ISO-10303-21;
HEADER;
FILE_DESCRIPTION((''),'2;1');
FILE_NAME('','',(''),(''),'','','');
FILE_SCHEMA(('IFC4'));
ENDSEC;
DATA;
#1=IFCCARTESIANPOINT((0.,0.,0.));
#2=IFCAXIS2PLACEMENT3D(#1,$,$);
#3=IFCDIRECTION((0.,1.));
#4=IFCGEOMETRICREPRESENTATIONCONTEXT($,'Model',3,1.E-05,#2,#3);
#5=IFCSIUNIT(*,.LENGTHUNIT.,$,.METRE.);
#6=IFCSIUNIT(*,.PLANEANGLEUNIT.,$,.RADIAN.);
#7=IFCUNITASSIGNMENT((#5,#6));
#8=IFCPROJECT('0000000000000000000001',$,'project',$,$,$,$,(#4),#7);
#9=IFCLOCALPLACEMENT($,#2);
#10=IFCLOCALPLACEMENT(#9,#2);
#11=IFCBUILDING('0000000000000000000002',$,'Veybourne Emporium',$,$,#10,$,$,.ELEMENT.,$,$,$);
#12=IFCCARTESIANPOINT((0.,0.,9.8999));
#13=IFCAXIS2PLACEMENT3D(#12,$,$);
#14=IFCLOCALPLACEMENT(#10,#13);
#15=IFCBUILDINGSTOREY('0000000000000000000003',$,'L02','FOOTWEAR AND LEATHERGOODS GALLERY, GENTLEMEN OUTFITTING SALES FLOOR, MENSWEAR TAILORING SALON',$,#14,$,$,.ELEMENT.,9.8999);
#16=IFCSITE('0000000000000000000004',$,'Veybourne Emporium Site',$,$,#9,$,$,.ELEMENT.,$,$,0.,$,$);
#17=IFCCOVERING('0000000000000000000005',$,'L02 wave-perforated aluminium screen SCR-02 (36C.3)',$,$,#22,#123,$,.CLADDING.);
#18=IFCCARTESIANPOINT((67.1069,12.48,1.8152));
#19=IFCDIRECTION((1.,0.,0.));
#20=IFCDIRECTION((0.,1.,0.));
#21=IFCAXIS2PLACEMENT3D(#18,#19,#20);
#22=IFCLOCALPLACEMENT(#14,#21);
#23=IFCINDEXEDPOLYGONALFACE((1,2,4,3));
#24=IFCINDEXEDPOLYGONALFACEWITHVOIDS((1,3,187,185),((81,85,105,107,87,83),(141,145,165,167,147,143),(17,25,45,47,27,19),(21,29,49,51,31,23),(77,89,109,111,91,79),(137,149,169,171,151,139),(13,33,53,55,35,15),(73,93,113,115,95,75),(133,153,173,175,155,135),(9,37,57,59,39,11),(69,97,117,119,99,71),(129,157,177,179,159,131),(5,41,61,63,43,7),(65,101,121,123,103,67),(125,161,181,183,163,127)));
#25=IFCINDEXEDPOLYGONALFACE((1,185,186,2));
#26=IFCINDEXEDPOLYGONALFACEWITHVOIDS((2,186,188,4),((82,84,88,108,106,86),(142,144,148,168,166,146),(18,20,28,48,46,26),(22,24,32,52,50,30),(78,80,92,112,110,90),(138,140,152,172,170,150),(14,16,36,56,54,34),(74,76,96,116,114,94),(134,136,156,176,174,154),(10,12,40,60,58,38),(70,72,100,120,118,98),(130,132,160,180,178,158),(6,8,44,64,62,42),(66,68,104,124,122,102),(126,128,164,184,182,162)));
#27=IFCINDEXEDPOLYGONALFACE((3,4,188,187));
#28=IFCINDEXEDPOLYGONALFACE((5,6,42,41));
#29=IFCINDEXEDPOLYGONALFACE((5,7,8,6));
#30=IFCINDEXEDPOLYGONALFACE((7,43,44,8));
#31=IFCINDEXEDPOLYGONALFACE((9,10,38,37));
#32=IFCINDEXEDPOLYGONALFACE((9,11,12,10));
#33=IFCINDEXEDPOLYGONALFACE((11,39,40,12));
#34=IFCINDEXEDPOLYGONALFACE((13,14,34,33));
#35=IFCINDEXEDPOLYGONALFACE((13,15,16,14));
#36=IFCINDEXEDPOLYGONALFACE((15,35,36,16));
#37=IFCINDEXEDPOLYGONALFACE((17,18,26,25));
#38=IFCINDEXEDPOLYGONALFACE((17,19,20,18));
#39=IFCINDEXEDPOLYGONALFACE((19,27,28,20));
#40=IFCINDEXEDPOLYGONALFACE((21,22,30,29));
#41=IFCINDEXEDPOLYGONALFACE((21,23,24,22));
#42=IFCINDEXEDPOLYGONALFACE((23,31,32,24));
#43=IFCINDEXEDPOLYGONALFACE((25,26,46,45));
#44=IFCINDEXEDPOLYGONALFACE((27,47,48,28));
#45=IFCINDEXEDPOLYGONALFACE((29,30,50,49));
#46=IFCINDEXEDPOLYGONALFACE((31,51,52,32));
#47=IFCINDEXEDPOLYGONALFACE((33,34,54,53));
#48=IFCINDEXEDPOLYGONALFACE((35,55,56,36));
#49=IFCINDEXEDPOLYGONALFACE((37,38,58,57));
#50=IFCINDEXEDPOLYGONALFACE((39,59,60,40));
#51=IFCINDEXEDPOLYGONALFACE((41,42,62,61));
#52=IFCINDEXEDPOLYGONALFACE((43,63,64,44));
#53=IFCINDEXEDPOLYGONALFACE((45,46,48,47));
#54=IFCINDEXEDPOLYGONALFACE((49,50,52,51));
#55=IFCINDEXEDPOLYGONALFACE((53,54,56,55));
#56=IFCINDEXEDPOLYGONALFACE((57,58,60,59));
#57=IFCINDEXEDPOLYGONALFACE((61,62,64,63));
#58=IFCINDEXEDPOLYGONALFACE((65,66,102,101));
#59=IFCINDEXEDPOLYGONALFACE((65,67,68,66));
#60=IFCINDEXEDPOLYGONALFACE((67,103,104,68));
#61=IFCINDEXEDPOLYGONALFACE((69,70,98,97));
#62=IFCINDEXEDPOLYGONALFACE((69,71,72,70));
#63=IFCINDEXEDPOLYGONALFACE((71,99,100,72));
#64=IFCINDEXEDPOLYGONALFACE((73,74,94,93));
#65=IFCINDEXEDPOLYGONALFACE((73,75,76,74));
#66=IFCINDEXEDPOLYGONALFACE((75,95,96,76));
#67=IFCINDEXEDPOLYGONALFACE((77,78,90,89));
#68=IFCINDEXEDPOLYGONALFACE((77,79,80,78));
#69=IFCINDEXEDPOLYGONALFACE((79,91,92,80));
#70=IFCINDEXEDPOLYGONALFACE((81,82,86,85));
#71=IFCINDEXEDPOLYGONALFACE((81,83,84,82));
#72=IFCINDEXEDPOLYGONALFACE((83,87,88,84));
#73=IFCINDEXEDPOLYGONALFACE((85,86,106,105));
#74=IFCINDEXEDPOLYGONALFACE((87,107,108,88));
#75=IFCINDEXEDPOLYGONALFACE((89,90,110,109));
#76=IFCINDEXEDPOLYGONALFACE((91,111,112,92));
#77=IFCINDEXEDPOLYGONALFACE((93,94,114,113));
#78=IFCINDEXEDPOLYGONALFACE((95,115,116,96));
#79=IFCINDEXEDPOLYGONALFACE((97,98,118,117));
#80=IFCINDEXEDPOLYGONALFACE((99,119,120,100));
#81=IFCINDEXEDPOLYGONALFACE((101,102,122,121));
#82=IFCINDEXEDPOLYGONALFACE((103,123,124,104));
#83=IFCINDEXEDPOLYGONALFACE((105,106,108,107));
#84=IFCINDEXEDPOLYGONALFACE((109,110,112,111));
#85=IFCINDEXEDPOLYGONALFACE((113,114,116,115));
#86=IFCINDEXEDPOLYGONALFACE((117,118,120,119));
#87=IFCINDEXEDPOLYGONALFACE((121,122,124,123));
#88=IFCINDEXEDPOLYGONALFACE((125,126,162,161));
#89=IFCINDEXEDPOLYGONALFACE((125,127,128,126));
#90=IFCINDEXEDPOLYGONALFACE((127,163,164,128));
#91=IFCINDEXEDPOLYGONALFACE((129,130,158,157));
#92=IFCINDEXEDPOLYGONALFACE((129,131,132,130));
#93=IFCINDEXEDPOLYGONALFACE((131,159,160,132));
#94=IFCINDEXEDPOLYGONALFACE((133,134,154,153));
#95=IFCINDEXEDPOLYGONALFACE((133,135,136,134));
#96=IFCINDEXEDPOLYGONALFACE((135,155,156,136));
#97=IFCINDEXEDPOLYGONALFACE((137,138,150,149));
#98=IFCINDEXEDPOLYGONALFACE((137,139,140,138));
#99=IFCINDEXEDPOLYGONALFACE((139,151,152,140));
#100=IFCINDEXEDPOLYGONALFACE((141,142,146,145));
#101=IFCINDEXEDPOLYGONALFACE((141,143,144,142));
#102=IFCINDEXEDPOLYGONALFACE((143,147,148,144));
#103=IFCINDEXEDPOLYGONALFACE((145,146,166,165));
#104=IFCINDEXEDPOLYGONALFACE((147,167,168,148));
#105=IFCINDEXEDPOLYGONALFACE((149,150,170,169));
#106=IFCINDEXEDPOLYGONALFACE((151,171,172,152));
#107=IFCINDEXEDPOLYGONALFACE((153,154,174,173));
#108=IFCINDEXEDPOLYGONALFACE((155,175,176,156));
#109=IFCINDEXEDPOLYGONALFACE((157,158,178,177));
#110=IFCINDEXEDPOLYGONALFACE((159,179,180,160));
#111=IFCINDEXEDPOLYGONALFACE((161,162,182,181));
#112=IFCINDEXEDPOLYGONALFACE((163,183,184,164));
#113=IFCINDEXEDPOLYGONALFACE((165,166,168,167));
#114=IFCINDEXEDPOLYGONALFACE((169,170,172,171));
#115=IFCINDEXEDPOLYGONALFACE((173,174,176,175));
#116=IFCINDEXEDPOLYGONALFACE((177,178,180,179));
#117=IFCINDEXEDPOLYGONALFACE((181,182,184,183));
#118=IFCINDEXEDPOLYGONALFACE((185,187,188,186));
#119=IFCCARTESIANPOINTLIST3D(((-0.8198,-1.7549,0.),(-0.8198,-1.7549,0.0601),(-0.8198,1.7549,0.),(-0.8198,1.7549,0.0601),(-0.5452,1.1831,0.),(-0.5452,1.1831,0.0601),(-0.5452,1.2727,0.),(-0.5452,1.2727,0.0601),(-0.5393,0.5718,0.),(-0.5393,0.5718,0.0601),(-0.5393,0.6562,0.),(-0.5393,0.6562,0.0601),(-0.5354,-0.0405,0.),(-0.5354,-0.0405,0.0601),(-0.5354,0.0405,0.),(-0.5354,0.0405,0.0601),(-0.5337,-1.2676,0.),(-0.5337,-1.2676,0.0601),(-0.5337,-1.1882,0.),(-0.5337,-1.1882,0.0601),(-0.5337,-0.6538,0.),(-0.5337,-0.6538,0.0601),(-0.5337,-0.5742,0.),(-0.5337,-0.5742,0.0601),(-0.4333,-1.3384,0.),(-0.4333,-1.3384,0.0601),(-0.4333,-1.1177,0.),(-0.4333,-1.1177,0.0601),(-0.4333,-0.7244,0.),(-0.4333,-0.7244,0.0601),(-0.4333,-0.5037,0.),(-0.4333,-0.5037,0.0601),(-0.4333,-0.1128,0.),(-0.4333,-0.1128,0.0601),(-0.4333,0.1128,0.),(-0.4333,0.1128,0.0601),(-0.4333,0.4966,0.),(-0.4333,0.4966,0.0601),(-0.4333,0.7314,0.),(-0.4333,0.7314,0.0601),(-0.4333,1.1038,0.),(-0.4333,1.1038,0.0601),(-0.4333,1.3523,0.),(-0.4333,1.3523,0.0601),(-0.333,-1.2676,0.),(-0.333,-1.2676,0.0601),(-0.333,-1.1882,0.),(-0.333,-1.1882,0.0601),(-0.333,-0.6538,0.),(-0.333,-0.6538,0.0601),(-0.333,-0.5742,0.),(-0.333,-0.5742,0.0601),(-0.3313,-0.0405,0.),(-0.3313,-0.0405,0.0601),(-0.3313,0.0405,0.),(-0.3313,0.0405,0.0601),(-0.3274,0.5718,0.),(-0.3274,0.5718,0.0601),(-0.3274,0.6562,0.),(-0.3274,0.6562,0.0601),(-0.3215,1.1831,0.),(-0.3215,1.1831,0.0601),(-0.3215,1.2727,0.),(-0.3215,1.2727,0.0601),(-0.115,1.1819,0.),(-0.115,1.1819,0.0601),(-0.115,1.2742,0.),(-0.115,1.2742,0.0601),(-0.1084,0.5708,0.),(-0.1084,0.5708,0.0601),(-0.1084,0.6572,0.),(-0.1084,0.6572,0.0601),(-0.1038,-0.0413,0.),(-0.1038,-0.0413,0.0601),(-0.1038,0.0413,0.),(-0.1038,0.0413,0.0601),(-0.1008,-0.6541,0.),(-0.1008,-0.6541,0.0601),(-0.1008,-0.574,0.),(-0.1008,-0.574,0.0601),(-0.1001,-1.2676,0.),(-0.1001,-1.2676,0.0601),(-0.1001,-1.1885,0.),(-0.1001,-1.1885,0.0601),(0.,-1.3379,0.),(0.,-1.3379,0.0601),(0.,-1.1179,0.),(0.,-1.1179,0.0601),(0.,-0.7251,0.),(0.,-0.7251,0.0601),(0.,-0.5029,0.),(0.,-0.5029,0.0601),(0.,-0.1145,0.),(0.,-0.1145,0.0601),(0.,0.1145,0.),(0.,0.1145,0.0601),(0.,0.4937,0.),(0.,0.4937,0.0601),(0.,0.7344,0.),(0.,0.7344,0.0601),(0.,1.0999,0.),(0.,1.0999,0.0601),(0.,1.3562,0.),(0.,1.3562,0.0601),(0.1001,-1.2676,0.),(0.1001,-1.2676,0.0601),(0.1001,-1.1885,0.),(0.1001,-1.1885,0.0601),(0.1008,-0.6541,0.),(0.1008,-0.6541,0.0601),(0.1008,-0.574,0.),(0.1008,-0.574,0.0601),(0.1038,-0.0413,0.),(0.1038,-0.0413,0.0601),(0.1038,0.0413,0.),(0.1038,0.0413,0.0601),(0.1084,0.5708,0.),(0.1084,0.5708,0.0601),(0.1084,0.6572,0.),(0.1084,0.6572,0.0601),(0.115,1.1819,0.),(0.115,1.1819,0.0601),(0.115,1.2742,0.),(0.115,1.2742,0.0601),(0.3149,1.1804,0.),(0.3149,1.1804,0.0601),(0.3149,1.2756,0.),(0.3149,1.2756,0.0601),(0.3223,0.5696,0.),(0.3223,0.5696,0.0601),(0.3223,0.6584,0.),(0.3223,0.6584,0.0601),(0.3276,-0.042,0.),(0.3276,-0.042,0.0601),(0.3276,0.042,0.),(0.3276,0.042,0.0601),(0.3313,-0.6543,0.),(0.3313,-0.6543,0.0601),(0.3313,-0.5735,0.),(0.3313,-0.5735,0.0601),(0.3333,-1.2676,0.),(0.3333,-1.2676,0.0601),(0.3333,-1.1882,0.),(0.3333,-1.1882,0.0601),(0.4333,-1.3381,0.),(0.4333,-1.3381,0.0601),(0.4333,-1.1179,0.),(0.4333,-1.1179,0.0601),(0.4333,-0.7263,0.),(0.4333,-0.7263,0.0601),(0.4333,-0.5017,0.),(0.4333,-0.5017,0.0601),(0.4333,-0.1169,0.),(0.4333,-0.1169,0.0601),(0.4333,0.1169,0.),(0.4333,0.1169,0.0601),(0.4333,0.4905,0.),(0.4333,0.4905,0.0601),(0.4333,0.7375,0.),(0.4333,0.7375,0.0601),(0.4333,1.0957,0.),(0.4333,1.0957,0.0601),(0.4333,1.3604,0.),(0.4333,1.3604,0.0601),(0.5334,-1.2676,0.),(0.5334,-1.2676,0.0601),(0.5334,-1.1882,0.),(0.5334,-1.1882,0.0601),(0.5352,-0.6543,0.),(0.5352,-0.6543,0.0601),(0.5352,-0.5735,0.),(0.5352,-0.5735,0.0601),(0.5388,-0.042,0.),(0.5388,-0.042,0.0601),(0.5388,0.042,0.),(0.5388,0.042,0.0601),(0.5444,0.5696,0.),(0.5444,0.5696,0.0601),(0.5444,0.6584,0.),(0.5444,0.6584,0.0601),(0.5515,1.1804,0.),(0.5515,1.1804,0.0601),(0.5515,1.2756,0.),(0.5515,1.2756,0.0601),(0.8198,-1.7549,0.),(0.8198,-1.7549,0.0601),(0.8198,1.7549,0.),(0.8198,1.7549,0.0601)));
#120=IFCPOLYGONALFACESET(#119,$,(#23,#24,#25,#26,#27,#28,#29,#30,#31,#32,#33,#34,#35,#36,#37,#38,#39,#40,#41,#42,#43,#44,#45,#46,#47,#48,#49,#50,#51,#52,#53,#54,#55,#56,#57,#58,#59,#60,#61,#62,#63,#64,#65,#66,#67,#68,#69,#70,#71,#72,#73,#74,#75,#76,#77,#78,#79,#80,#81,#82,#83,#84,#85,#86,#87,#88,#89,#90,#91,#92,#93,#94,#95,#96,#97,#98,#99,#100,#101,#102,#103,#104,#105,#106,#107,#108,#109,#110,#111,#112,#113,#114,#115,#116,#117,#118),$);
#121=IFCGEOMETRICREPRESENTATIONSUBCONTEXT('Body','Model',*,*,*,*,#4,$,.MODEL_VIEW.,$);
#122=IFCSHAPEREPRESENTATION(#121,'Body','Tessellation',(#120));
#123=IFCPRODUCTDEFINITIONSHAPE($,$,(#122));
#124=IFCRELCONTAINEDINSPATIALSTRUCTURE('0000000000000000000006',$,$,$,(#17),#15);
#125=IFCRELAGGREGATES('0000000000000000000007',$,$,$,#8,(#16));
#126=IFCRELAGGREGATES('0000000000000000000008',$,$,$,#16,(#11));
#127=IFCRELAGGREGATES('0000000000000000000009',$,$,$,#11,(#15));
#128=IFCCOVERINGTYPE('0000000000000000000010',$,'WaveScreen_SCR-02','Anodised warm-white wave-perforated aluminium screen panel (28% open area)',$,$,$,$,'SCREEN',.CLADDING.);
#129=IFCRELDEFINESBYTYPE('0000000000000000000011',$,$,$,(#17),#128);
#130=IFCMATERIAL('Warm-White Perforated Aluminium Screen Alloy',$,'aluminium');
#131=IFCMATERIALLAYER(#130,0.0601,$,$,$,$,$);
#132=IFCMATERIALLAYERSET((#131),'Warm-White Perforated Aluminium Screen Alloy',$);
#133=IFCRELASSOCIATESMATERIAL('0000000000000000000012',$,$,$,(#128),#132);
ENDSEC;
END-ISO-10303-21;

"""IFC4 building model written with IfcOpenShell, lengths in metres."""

from ifc_helpers import new_model, si_unit, direction, frame, origin, place, context, subcontext, project, spatial, polyline, outline, extrude, material, layer, layer_set, type_object, element, save


model = new_model("IFC4")

# Units and contexts
model_context = context("Model", 3, precision=1e-05, world=origin(), true_north=direction((0.0, 1.0)))
body_context = subcontext(model_context, "Body", "Model", "MODEL_VIEW")
ifc_project = project(units=[si_unit("LENGTHUNIT", "METRE"), si_unit("PLANEANGLEUNIT", "RADIAN")], contexts=[model_context])

# Site, building, storey
site_placement = place(None, origin())
site = spatial("IfcSite", under=ifc_project, at=site_placement, Name="Veybourne Emporium Site", CompositionType="ELEMENT", RefElevation=0.0)
building_placement = place(site_placement, origin())
building = spatial("IfcBuilding", under=site, at=building_placement, Name="Veybourne Emporium", CompositionType="ELEMENT")
storey_placement = place(building_placement, frame((0.0, 0.0, 9.8999)))
storey = spatial("IfcBuildingStorey", under=building, at=storey_placement, Name="L02", Description="FOOTWEAR AND LEATHERGOODS GALLERY, GENTLEMEN OUTFITTING SALES FLOOR, MENSWEAR TAILORING SALON", CompositionType="ELEMENT", Elevation=9.8999)

# Covering
ifc_material_1 = material(Name="Warm-White Perforated Aluminium Screen Alloy", Category="aluminium")
ifc_layer_1 = layer(ifc_material_1, 0.0601)
ifc_layer_set_1 = layer_set([ifc_layer_1], Name="Warm-White Perforated Aluminium Screen Alloy")
covering_type_1 = type_object("IfcCoveringType", Name="WaveScreen_SCR-02", Description="Anodised warm-white wave-perforated aluminium screen panel (28% open area)", ElementType="SCREEN", PredefinedType="CLADDING", material=ifc_layer_set_1)
covering_1_placement = place(storey_placement, frame((67.1069, 12.48, 1.8152), z_axis=(1.0, 0.0, 0.0), x_axis=(0.0, 1.0, 0.0)))
element("IfcCovering", 1, at=covering_1_placement, inside=storey, type_object=covering_type_1, Name="L02 wave-perforated aluminium screen SCR-02 (36C.3)", PredefinedType="CLADDING", context=body_context, shape_type="SweptSolid", body=[
    extrude(outline(polyline([(-0.8198, -1.7549), (0.8198, -1.7549), (0.8198, 1.7549), (-0.8198, 1.7549), (-0.8198, -1.7549)]), holes=[polyline([(-0.4333, -1.1177), (-0.333, -1.1882), (-0.333, -1.2676), (-0.4333, -1.3384), (-0.5337, -1.2676), (-0.5337, -1.1882), (-0.4333, -1.1177)]), polyline([(-0.4333, -0.5037), (-0.333, -0.5742), (-0.333, -0.6538), (-0.4333, -0.7244), (-0.5337, -0.6538), (-0.5337, -0.5742), (-0.4333, -0.5037)]), polyline([(-0.4333, 0.1128), (-0.3313, 0.0405), (-0.3313, -0.0405), (-0.4333, -0.1128), (-0.5354, -0.0405), (-0.5354, 0.0405), (-0.4333, 0.1128)]), polyline([(-0.4333, 0.7314), (-0.3274, 0.6562), (-0.3274, 0.5718), (-0.4333, 0.4966), (-0.5393, 0.5718), (-0.5393, 0.6562), (-0.4333, 0.7314)]), polyline([(-0.4333, 1.3523), (-0.3215, 1.2727), (-0.3215, 1.1831), (-0.4333, 1.1038), (-0.5452, 1.1831), (-0.5452, 1.2727), (-0.4333, 1.3523)]), polyline([(0.0, -1.1179), (0.1001, -1.1885), (0.1001, -1.2676), (0.0, -1.3379), (-0.1001, -1.2676), (-0.1001, -1.1885), (0.0, -1.1179)]), polyline([(0.0, -0.5029), (0.1008, -0.574), (0.1008, -0.6541), (0.0, -0.7251), (-0.1008, -0.6541), (-0.1008, -0.574), (0.0, -0.5029)]), polyline([(0.0, 0.1145), (0.1038, 0.0413), (0.1038, -0.0413), (0.0, -0.1145), (-0.1038, -0.0413), (-0.1038, 0.0413), (0.0, 0.1145)]), polyline([(0.0, 0.7344), (0.1084, 0.6572), (0.1084, 0.5708), (0.0, 0.4937), (-0.1084, 0.5708), (-0.1084, 0.6572), (0.0, 0.7344)]), polyline([(0.0, 1.3562), (0.115, 1.2742), (0.115, 1.1819), (0.0, 1.0999), (-0.115, 1.1819), (-0.115, 1.2742), (0.0, 1.3562)]), polyline([(0.4333, -1.1179), (0.5334, -1.1882), (0.5334, -1.2676), (0.4333, -1.3381), (0.3333, -1.2676), (0.3333, -1.1882), (0.4333, -1.1179)]), polyline([(0.4333, -0.5017), (0.5352, -0.5735), (0.5352, -0.6543), (0.4333, -0.7263), (0.3313, -0.6543), (0.3313, -0.5735), (0.4333, -0.5017)]), polyline([(0.4333, 0.1169), (0.5388, 0.042), (0.5388, -0.042), (0.4333, -0.1169), (0.3276, -0.042), (0.3276, 0.042), (0.4333, 0.1169)]), polyline([(0.4333, 0.7375), (0.5444, 0.6584), (0.5444, 0.5696), (0.4333, 0.4905), (0.3223, 0.5696), (0.3223, 0.6584), (0.4333, 0.7375)]), polyline([(0.4333, 1.3604), (0.5515, 1.2756), (0.5515, 1.1804), (0.4333, 1.0957), (0.3149, 1.1804), (0.3149, 1.2756), (0.4333, 1.3604)])]), origin(), (0.0, 0.0, 1.0), 0.0601),
])

save(model, "model.ifc")
